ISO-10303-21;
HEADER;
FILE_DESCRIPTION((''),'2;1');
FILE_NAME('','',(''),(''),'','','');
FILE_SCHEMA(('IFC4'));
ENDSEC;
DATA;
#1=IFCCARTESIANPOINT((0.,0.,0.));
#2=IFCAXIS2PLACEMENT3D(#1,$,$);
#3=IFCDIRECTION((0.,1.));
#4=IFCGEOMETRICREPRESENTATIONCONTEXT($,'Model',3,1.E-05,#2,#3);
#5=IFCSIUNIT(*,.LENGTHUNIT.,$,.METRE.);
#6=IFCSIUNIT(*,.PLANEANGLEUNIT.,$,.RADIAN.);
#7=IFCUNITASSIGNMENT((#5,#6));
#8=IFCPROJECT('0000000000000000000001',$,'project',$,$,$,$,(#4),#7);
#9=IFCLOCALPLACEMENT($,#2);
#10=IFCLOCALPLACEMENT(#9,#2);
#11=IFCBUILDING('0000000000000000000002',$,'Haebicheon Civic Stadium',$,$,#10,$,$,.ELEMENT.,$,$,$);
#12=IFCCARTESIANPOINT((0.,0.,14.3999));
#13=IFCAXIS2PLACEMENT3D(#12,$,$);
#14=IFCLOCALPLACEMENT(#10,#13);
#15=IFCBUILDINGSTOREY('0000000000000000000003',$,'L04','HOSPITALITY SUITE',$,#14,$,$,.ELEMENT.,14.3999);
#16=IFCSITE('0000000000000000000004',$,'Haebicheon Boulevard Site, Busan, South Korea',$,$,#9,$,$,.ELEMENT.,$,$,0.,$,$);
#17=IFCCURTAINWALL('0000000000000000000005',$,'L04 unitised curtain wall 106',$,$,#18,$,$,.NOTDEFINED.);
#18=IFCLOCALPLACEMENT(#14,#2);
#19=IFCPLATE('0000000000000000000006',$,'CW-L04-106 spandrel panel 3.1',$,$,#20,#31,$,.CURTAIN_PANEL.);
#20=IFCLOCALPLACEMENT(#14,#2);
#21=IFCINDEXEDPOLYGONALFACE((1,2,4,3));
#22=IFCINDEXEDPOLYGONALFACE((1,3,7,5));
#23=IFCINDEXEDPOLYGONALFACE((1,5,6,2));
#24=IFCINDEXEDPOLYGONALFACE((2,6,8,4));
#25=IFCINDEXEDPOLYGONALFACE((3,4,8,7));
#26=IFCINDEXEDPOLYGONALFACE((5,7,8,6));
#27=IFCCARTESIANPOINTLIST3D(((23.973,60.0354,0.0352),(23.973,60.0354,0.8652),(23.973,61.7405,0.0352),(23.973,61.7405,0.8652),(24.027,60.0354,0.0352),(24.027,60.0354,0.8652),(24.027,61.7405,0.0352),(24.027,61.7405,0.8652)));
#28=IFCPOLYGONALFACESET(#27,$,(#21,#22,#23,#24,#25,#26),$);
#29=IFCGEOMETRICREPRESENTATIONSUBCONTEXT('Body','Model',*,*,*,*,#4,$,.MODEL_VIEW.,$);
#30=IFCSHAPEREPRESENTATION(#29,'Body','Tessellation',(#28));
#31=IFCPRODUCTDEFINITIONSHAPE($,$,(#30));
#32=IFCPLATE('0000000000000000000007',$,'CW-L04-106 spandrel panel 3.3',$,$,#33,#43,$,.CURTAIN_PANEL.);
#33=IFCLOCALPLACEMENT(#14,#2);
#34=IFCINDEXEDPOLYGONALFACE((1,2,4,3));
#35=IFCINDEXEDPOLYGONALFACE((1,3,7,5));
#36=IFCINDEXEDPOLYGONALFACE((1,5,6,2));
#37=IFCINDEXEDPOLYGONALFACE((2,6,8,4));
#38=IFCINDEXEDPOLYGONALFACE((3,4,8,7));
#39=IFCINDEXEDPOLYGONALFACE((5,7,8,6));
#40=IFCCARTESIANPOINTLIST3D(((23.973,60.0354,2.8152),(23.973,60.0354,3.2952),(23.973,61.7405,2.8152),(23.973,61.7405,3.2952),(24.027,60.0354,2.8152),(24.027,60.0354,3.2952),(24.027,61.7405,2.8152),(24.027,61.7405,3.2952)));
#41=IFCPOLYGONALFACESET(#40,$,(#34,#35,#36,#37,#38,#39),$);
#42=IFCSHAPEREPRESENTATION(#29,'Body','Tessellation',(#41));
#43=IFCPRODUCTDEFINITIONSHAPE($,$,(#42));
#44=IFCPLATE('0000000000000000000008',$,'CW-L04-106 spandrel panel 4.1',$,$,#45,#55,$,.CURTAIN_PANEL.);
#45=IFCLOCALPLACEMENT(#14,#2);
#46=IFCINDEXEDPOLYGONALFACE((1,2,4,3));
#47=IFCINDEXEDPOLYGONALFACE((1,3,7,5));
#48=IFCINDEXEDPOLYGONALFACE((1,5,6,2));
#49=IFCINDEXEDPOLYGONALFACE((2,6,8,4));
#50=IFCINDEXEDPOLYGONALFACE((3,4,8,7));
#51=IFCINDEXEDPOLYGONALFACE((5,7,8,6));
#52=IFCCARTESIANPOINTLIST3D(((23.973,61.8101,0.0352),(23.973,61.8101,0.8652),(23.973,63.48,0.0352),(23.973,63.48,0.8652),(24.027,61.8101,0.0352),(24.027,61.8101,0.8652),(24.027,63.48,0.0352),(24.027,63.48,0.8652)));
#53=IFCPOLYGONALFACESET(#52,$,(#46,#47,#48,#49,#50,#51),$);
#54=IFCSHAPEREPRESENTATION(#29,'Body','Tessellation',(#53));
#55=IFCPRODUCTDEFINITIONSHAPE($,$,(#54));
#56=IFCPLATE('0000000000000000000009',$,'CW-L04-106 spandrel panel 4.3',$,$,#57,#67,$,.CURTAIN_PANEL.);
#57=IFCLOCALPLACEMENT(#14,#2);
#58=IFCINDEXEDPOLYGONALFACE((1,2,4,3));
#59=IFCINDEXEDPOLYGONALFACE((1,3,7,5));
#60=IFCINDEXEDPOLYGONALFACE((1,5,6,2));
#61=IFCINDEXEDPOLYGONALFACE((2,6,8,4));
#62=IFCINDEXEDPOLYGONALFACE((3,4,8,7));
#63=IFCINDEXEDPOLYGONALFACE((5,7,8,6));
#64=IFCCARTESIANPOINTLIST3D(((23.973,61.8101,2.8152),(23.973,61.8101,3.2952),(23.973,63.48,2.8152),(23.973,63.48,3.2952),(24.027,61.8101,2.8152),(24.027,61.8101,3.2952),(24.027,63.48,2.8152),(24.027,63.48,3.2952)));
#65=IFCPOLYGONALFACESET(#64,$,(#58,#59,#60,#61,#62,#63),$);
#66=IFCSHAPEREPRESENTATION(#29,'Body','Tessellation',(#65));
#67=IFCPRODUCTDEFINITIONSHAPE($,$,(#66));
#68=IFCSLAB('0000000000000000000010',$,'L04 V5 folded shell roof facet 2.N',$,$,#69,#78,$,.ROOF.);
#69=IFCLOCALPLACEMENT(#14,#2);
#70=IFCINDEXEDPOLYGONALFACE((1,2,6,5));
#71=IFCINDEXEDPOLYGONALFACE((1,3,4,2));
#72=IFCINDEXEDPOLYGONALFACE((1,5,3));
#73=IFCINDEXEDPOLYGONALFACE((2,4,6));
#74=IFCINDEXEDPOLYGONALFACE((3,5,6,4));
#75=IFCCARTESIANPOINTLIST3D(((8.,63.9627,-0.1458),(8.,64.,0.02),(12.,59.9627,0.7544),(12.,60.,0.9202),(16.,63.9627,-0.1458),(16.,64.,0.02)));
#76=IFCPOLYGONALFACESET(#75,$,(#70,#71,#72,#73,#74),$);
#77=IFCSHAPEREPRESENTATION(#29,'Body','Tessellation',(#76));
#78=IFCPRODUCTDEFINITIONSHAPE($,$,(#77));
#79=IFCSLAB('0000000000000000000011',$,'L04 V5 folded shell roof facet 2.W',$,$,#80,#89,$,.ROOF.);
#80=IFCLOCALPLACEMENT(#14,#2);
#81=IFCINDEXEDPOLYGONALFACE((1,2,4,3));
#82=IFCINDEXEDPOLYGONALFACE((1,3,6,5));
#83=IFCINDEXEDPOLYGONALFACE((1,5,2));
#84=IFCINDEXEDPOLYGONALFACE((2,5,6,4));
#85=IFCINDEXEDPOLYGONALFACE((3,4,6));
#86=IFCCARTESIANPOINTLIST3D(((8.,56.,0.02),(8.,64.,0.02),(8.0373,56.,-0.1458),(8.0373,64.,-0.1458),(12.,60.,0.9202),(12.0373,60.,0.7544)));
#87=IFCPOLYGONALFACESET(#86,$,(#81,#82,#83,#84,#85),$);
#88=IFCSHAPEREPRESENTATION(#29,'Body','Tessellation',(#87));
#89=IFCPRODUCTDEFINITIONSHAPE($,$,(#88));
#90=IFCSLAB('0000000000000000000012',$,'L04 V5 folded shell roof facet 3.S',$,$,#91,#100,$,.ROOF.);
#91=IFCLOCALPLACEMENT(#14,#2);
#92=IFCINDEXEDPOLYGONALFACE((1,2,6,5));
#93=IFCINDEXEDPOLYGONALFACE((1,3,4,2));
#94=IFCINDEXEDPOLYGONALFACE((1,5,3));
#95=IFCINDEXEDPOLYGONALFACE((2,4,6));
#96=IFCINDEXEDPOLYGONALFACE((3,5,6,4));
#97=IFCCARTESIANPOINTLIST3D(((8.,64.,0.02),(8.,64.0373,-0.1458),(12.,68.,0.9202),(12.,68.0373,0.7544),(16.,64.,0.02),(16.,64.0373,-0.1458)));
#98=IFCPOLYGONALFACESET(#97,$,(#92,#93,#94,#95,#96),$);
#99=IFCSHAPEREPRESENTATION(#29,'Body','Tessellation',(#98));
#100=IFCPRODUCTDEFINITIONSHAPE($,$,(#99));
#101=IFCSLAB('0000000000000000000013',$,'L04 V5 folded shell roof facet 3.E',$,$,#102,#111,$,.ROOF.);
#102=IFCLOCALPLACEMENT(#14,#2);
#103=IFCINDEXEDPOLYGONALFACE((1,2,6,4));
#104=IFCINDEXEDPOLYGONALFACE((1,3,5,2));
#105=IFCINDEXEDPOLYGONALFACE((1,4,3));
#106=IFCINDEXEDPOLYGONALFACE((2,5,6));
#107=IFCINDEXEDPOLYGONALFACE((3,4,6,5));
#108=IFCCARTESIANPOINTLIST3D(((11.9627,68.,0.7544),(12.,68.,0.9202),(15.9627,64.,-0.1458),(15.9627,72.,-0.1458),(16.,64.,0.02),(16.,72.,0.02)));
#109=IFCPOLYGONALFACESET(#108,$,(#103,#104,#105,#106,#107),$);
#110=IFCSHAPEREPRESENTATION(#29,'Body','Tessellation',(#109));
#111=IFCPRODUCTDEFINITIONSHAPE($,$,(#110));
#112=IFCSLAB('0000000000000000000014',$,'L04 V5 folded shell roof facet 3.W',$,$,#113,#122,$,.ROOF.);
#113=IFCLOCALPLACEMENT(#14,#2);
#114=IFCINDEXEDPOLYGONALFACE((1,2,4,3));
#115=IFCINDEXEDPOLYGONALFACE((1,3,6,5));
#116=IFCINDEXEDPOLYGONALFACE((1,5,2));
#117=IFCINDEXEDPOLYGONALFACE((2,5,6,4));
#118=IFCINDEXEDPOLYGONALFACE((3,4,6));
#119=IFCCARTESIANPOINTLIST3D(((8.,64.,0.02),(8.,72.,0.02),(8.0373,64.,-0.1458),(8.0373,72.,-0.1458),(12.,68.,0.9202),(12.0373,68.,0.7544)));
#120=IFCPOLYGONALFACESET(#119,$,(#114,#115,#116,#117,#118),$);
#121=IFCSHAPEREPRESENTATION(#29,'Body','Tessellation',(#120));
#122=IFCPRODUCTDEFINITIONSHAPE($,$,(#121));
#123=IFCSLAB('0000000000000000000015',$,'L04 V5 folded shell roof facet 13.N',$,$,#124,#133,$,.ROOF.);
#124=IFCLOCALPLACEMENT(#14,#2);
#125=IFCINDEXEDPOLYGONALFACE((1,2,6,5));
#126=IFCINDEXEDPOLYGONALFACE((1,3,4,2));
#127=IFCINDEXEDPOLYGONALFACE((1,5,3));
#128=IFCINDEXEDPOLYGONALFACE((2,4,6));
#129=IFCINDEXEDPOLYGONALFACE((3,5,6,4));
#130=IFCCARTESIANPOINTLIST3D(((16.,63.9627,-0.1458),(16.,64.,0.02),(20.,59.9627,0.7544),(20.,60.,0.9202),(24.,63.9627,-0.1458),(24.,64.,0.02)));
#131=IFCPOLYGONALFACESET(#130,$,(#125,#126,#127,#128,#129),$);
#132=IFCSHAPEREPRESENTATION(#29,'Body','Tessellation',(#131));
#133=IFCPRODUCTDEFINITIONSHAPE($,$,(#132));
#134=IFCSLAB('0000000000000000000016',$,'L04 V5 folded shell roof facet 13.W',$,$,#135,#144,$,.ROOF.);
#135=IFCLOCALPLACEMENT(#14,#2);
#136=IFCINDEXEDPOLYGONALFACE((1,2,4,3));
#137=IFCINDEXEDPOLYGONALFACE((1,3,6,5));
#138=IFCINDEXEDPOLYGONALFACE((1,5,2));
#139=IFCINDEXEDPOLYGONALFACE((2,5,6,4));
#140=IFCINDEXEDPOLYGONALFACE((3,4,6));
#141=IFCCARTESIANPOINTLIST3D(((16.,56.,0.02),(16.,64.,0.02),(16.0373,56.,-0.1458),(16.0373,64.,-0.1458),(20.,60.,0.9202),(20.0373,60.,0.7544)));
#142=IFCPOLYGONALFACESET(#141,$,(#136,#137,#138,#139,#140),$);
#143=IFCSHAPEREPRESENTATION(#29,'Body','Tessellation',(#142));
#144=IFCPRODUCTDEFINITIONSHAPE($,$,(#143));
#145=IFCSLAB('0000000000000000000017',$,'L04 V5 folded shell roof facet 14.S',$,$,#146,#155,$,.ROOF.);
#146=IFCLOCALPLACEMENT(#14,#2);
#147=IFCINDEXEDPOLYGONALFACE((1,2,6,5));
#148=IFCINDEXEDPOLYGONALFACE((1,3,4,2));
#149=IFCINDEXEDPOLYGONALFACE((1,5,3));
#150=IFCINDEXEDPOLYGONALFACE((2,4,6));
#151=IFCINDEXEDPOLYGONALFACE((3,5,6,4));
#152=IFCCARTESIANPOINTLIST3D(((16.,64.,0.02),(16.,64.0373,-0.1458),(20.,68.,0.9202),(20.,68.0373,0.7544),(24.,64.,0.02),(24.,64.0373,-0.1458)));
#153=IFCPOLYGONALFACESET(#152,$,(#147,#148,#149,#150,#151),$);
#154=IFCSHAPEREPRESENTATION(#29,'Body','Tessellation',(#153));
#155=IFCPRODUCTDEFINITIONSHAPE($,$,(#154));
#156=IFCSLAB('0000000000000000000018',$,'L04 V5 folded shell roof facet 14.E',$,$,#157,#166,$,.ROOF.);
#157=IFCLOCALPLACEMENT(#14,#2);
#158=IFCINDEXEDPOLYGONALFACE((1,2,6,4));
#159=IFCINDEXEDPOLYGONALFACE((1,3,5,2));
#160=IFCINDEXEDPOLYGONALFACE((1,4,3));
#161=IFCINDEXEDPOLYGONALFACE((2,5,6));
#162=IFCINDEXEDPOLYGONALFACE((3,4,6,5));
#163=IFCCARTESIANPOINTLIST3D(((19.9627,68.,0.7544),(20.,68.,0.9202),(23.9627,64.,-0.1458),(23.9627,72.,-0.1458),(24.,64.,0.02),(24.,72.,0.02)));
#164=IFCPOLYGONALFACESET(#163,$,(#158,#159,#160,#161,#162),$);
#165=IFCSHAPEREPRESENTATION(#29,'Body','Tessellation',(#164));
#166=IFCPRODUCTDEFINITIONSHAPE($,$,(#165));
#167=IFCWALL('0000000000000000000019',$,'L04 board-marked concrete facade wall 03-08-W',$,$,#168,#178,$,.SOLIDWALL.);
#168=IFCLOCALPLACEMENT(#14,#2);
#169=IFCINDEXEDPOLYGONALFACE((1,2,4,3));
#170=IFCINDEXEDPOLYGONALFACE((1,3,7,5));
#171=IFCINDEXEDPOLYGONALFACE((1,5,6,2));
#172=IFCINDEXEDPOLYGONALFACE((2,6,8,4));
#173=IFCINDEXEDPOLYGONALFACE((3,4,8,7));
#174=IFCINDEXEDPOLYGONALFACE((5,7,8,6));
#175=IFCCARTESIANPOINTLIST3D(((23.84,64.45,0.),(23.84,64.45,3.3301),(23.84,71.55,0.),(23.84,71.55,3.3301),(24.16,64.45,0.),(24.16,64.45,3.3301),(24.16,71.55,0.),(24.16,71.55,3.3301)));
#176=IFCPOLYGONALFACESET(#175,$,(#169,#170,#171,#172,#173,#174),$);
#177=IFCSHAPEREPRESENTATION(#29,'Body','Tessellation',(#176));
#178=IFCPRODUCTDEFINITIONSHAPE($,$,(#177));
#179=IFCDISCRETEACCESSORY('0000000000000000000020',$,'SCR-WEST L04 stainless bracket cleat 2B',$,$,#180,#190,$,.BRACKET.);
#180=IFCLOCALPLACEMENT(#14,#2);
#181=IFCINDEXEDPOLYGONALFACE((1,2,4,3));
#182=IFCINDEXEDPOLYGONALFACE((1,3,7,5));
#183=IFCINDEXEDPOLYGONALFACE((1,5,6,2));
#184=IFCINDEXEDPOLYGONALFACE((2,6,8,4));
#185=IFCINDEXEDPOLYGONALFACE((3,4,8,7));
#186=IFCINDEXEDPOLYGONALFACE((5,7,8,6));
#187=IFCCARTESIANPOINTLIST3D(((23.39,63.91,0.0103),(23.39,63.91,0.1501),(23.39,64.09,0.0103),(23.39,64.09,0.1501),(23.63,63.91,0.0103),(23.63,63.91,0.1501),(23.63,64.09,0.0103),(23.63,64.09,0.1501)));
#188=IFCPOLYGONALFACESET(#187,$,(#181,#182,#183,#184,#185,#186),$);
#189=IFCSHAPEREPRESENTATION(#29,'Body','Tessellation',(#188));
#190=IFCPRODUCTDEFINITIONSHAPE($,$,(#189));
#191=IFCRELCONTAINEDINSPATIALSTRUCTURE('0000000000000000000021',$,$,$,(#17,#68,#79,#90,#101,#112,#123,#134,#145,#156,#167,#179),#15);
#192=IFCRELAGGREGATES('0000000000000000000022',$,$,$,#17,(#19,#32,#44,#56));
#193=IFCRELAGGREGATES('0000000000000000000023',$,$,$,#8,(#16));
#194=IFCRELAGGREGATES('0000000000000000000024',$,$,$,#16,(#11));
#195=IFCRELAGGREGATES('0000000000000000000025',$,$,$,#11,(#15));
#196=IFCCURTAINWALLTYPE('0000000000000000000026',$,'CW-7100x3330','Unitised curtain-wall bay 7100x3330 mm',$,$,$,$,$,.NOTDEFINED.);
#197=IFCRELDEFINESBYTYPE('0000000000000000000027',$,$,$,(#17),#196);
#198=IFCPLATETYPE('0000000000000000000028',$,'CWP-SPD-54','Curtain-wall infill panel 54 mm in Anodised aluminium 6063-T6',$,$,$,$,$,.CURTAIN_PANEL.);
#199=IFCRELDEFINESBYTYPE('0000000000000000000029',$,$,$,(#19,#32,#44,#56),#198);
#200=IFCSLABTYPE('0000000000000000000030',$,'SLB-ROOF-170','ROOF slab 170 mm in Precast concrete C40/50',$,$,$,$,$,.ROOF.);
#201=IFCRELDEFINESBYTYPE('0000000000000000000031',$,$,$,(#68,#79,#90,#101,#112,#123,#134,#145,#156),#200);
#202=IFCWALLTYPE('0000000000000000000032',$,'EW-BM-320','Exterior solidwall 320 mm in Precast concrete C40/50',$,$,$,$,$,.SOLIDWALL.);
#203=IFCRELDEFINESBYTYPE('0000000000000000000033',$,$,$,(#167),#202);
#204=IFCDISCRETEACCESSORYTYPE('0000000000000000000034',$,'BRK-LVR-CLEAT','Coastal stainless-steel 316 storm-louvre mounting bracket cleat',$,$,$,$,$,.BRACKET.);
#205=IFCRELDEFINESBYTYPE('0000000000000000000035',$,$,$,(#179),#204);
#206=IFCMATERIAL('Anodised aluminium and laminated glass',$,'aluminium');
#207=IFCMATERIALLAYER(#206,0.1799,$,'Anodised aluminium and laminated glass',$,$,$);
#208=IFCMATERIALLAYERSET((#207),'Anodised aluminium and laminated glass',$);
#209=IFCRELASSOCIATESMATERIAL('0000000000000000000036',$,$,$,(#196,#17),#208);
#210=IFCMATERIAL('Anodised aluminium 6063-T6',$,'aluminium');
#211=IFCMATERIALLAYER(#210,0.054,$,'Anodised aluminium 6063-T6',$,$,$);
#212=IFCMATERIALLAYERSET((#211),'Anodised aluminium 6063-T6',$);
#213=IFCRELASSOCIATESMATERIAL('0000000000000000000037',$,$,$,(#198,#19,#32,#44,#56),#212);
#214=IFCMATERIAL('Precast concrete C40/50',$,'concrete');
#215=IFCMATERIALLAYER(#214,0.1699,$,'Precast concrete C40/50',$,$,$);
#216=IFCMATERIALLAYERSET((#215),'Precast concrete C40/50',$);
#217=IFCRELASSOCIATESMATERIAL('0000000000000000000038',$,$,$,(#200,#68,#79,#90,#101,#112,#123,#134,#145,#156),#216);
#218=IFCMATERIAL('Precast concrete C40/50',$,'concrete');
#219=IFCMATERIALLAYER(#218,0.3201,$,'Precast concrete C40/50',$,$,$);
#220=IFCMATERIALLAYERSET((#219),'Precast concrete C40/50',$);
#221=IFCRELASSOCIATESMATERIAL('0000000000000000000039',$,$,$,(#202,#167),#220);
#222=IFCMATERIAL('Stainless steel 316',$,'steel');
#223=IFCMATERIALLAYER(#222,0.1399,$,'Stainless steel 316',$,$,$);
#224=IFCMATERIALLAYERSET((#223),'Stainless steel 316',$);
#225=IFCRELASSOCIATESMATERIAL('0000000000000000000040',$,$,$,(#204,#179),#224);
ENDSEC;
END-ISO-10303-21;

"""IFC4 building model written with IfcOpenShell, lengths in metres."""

from ifc_helpers import new_model, si_unit, direction, frame, frame_2d, origin, origin_2d, place, context, subcontext, project, spatial, polyline, rectangle, outline, extrude, material, layer, layer_set, type_object, element, aggregate, save


model = new_model("IFC4")

# Units and contexts
model_context = context("Model", 3, precision=1e-05, world=origin(), true_north=direction((0.0, 1.0)))
body_context = subcontext(model_context, "Body", "Model", "MODEL_VIEW")
ifc_project = project(units=[si_unit("LENGTHUNIT", "METRE"), si_unit("PLANEANGLEUNIT", "RADIAN")], contexts=[model_context])

# Site, building, storey
site_placement = place(None, origin())
site = spatial("IfcSite", under=ifc_project, at=site_placement, Name="Haebicheon Boulevard Site, Busan, South Korea", CompositionType="ELEMENT", RefElevation=0.0)
building_placement = place(site_placement, origin())
building = spatial("IfcBuilding", under=site, at=building_placement, Name="Haebicheon Civic Stadium", CompositionType="ELEMENT")
storey_placement = place(building_placement, frame((0.0, 0.0, 14.3999)))
storey = spatial("IfcBuildingStorey", under=building, at=storey_placement, Name="L04", Description="HOSPITALITY SUITE", CompositionType="ELEMENT", Elevation=14.3999)

# Curtain wall
ifc_material_1 = material(Name="Anodised aluminium and laminated glass", Category="aluminium")
ifc_layer_1 = layer(ifc_material_1, 0.1799, Name="Anodised aluminium and laminated glass")
ifc_layer_set_1 = layer_set([ifc_layer_1], Name="Anodised aluminium and laminated glass")
curtain_wall_type = type_object("IfcCurtainWallType", Name="CW-7100x3330", Description="Unitised curtain-wall bay 7100x3330 mm", PredefinedType="NOTDEFINED", material=ifc_layer_set_1)
curtain_wall_placement = place(storey_placement, origin())
curtain_wall = element("IfcCurtainWall", 1, at=curtain_wall_placement, inside=storey, type_object=curtain_wall_type, material=ifc_layer_set_1, Name="L04 unitised curtain wall 106", PredefinedType="NOTDEFINED")

# Plates
ifc_material_2 = material(Name="Anodised aluminium 6063-T6", Category="aluminium")
ifc_layer_2 = layer(ifc_material_2, 0.054, Name="Anodised aluminium 6063-T6")
ifc_layer_set_2 = layer_set([ifc_layer_2], Name="Anodised aluminium 6063-T6")
plate_type_1 = type_object("IfcPlateType", Name="CWP-SPD-54", Description="Curtain-wall infill panel 54 mm in Anodised aluminium 6063-T6", PredefinedType="CURTAIN_PANEL", material=ifc_layer_set_2)
plate_1_placement = place(storey_placement, frame((24.0, 60.8879, 0.0352), z_axis=(0.0, 0.0, 1.0), x_axis=(0.0, 1.0, 0.0)))
plate_1 = element("IfcPlate", 2, at=plate_1_placement, type_object=plate_type_1, material=ifc_layer_set_2, Name="CW-L04-106 spandrel panel 3.1", PredefinedType="CURTAIN_PANEL", context=body_context, shape_type="SweptSolid", body=[
    extrude(rectangle(XDim=1.7051, YDim=0.054, at=origin_2d()), origin(), (0.0, 0.0, 1.0), 0.8301),
])
plate_2_placement = place(storey_placement, frame((24.0, 60.8879, 2.8152), z_axis=(0.0, 0.0, 1.0), x_axis=(0.0, 1.0, 0.0)))
plate_2 = element("IfcPlate", 3, at=plate_2_placement, type_object=plate_type_1, material=ifc_layer_set_2, Name="CW-L04-106 spandrel panel 3.3", PredefinedType="CURTAIN_PANEL", context=body_context, shape_type="SweptSolid", body=[
    extrude(rectangle(XDim=1.7051, YDim=0.054, at=origin_2d()), origin(), (0.0, 0.0, 1.0), 0.48),
])
plate_3_placement = place(storey_placement, frame((24.0, 62.645, 0.0352), z_axis=(0.0, 0.0, 1.0), x_axis=(0.0, 1.0, 0.0)))
plate_3 = element("IfcPlate", 4, at=plate_3_placement, type_object=plate_type_1, material=ifc_layer_set_2, Name="CW-L04-106 spandrel panel 4.1", PredefinedType="CURTAIN_PANEL", context=body_context, shape_type="SweptSolid", body=[
    extrude(rectangle(XDim=1.6699, YDim=0.054, at=origin_2d()), origin(), (0.0, 0.0, 1.0), 0.8301),
])
plate_4_placement = place(storey_placement, frame((24.0, 62.645, 2.8152), z_axis=(0.0, 0.0, 1.0), x_axis=(0.0, 1.0, 0.0)))
plate_4 = element("IfcPlate", 5, at=plate_4_placement, type_object=plate_type_1, material=ifc_layer_set_2, Name="CW-L04-106 spandrel panel 4.3", PredefinedType="CURTAIN_PANEL", context=body_context, shape_type="SweptSolid", body=[
    extrude(rectangle(XDim=1.6699, YDim=0.054, at=origin_2d()), origin(), (0.0, 0.0, 1.0), 0.48),
])
aggregate(curtain_wall, [plate_1, plate_2, plate_3, plate_4])

# Slabs
ifc_material_3 = material(Name="Precast concrete C40/50", Category="concrete")
ifc_layer_3 = layer(ifc_material_3, 0.1699, Name="Precast concrete C40/50")
ifc_layer_set_3 = layer_set([ifc_layer_3], Name="Precast concrete C40/50")
slab_type = type_object("IfcSlabType", Name="SLB-ROOF-170", Description="ROOF slab 170 mm in Precast concrete C40/50", PredefinedType="ROOF", material=ifc_layer_set_3)
for number, where, z_axis, x_axis, name in (
    (6, (16.0, 64.0, 0.02), (0.0, 0.219546, 0.975602), (-1.0, 0.0, 0.0), "L04 V5 folded shell roof facet 2.N"),
    (7, (8.0, 64.0, 0.02), (-0.219546, 0.0, 0.975602), (0.0, -1.0, 0.0), "L04 V5 folded shell roof facet 2.W"),
    (8, (8.0, 64.0, 0.02), (0.0, -0.219546, 0.975602), (1.0, 0.0, 0.0), "L04 V5 folded shell roof facet 3.S"),
    (9, (16.0, 64.0, 0.02), (0.219546, 0.0, 0.975602), (0.0, 1.0, 0.0), "L04 V5 folded shell roof facet 3.E"),
    (10, (8.0, 72.0, 0.02), (-0.219546, 0.0, 0.975602), (0.0, -1.0, 0.0), "L04 V5 folded shell roof facet 3.W"),
    (11, (24.0, 64.0, 0.02), (0.0, 0.219546, 0.975602), (-1.0, 0.0, 0.0), "L04 V5 folded shell roof facet 13.N"),
    (12, (16.0, 64.0, 0.02), (-0.219546, 0.0, 0.975602), (0.0, -1.0, 0.0), "L04 V5 folded shell roof facet 13.W"),
    (13, (16.0, 64.0, 0.02), (0.0, -0.219546, 0.975602), (1.0, 0.0, 0.0), "L04 V5 folded shell roof facet 14.S"),
    (14, (24.0, 64.0, 0.02), (0.219546, 0.0, 0.975602), (0.0, 1.0, 0.0), "L04 V5 folded shell roof facet 14.E"),
):
    element("IfcSlab", number, at=place(storey_placement, frame(where, z_axis=z_axis, x_axis=x_axis)), inside=storey, type_object=slab_type, material=ifc_layer_set_3, Name=name, PredefinedType="ROOF", context=body_context, shape_type="SweptSolid", body=[
        extrude(outline(polyline([(0.0, 0.0), (8.0, 0.0), (4.0, 4.1), (0.0, 0.0)])), origin(), (0.0, 0.0, -1.0), 0.1699),
    ])

# Wall
ifc_material_4 = material(Name="Precast concrete C40/50", Category="concrete")
ifc_layer_4 = layer(ifc_material_4, 0.3201, Name="Precast concrete C40/50")
ifc_layer_set_4 = layer_set([ifc_layer_4], Name="Precast concrete C40/50")
wall_type = type_object("IfcWallType", Name="EW-BM-320", Description="Exterior solidwall 320 mm in Precast concrete C40/50", PredefinedType="SOLIDWALL", material=ifc_layer_set_4)
wall_placement = place(storey_placement, frame((24.0, 64.45, 0.0), z_axis=(0.0, 0.0, 1.0), x_axis=(0.0, 1.0, 0.0)))
element("IfcWall", 15, at=wall_placement, inside=storey, type_object=wall_type, material=ifc_layer_set_4, Name="L04 board-marked concrete facade wall 03-08-W", PredefinedType="SOLIDWALL", context=body_context, shape_type="SweptSolid", body=[
    extrude(rectangle(XDim=7.1001, YDim=0.3201, at=frame_2d((3.55, 0.0))), origin(), (0.0, 0.0, 1.0), 3.3301),
])

# Discrete accessory
ifc_material_5 = material(Name="Stainless steel 316", Category="steel")
ifc_layer_5 = layer(ifc_material_5, 0.1399, Name="Stainless steel 316")
ifc_layer_set_5 = layer_set([ifc_layer_5], Name="Stainless steel 316")
discrete_accessory_type = type_object("IfcDiscreteAccessoryType", Name="BRK-LVR-CLEAT", Description="Coastal stainless-steel 316 storm-louvre mounting bracket cleat", PredefinedType="BRACKET", material=ifc_layer_set_5)
discrete_accessory_placement = place(storey_placement, frame((23.51, 64.0, 0.0103), z_axis=(0.0, 0.0, 1.0), x_axis=(1.0, 0.0, 0.0)))
element("IfcDiscreteAccessory", 16, at=discrete_accessory_placement, inside=storey, type_object=discrete_accessory_type, material=ifc_layer_set_5, Name="SCR-WEST L04 stainless bracket cleat 2B", PredefinedType="BRACKET", context=body_context, shape_type="SweptSolid", body=[
    extrude(rectangle(XDim=0.24, YDim=0.1799, at=origin_2d()), origin(), (0.0, 0.0, 1.0), 0.1399),
])

save(model, "model.ifc")
